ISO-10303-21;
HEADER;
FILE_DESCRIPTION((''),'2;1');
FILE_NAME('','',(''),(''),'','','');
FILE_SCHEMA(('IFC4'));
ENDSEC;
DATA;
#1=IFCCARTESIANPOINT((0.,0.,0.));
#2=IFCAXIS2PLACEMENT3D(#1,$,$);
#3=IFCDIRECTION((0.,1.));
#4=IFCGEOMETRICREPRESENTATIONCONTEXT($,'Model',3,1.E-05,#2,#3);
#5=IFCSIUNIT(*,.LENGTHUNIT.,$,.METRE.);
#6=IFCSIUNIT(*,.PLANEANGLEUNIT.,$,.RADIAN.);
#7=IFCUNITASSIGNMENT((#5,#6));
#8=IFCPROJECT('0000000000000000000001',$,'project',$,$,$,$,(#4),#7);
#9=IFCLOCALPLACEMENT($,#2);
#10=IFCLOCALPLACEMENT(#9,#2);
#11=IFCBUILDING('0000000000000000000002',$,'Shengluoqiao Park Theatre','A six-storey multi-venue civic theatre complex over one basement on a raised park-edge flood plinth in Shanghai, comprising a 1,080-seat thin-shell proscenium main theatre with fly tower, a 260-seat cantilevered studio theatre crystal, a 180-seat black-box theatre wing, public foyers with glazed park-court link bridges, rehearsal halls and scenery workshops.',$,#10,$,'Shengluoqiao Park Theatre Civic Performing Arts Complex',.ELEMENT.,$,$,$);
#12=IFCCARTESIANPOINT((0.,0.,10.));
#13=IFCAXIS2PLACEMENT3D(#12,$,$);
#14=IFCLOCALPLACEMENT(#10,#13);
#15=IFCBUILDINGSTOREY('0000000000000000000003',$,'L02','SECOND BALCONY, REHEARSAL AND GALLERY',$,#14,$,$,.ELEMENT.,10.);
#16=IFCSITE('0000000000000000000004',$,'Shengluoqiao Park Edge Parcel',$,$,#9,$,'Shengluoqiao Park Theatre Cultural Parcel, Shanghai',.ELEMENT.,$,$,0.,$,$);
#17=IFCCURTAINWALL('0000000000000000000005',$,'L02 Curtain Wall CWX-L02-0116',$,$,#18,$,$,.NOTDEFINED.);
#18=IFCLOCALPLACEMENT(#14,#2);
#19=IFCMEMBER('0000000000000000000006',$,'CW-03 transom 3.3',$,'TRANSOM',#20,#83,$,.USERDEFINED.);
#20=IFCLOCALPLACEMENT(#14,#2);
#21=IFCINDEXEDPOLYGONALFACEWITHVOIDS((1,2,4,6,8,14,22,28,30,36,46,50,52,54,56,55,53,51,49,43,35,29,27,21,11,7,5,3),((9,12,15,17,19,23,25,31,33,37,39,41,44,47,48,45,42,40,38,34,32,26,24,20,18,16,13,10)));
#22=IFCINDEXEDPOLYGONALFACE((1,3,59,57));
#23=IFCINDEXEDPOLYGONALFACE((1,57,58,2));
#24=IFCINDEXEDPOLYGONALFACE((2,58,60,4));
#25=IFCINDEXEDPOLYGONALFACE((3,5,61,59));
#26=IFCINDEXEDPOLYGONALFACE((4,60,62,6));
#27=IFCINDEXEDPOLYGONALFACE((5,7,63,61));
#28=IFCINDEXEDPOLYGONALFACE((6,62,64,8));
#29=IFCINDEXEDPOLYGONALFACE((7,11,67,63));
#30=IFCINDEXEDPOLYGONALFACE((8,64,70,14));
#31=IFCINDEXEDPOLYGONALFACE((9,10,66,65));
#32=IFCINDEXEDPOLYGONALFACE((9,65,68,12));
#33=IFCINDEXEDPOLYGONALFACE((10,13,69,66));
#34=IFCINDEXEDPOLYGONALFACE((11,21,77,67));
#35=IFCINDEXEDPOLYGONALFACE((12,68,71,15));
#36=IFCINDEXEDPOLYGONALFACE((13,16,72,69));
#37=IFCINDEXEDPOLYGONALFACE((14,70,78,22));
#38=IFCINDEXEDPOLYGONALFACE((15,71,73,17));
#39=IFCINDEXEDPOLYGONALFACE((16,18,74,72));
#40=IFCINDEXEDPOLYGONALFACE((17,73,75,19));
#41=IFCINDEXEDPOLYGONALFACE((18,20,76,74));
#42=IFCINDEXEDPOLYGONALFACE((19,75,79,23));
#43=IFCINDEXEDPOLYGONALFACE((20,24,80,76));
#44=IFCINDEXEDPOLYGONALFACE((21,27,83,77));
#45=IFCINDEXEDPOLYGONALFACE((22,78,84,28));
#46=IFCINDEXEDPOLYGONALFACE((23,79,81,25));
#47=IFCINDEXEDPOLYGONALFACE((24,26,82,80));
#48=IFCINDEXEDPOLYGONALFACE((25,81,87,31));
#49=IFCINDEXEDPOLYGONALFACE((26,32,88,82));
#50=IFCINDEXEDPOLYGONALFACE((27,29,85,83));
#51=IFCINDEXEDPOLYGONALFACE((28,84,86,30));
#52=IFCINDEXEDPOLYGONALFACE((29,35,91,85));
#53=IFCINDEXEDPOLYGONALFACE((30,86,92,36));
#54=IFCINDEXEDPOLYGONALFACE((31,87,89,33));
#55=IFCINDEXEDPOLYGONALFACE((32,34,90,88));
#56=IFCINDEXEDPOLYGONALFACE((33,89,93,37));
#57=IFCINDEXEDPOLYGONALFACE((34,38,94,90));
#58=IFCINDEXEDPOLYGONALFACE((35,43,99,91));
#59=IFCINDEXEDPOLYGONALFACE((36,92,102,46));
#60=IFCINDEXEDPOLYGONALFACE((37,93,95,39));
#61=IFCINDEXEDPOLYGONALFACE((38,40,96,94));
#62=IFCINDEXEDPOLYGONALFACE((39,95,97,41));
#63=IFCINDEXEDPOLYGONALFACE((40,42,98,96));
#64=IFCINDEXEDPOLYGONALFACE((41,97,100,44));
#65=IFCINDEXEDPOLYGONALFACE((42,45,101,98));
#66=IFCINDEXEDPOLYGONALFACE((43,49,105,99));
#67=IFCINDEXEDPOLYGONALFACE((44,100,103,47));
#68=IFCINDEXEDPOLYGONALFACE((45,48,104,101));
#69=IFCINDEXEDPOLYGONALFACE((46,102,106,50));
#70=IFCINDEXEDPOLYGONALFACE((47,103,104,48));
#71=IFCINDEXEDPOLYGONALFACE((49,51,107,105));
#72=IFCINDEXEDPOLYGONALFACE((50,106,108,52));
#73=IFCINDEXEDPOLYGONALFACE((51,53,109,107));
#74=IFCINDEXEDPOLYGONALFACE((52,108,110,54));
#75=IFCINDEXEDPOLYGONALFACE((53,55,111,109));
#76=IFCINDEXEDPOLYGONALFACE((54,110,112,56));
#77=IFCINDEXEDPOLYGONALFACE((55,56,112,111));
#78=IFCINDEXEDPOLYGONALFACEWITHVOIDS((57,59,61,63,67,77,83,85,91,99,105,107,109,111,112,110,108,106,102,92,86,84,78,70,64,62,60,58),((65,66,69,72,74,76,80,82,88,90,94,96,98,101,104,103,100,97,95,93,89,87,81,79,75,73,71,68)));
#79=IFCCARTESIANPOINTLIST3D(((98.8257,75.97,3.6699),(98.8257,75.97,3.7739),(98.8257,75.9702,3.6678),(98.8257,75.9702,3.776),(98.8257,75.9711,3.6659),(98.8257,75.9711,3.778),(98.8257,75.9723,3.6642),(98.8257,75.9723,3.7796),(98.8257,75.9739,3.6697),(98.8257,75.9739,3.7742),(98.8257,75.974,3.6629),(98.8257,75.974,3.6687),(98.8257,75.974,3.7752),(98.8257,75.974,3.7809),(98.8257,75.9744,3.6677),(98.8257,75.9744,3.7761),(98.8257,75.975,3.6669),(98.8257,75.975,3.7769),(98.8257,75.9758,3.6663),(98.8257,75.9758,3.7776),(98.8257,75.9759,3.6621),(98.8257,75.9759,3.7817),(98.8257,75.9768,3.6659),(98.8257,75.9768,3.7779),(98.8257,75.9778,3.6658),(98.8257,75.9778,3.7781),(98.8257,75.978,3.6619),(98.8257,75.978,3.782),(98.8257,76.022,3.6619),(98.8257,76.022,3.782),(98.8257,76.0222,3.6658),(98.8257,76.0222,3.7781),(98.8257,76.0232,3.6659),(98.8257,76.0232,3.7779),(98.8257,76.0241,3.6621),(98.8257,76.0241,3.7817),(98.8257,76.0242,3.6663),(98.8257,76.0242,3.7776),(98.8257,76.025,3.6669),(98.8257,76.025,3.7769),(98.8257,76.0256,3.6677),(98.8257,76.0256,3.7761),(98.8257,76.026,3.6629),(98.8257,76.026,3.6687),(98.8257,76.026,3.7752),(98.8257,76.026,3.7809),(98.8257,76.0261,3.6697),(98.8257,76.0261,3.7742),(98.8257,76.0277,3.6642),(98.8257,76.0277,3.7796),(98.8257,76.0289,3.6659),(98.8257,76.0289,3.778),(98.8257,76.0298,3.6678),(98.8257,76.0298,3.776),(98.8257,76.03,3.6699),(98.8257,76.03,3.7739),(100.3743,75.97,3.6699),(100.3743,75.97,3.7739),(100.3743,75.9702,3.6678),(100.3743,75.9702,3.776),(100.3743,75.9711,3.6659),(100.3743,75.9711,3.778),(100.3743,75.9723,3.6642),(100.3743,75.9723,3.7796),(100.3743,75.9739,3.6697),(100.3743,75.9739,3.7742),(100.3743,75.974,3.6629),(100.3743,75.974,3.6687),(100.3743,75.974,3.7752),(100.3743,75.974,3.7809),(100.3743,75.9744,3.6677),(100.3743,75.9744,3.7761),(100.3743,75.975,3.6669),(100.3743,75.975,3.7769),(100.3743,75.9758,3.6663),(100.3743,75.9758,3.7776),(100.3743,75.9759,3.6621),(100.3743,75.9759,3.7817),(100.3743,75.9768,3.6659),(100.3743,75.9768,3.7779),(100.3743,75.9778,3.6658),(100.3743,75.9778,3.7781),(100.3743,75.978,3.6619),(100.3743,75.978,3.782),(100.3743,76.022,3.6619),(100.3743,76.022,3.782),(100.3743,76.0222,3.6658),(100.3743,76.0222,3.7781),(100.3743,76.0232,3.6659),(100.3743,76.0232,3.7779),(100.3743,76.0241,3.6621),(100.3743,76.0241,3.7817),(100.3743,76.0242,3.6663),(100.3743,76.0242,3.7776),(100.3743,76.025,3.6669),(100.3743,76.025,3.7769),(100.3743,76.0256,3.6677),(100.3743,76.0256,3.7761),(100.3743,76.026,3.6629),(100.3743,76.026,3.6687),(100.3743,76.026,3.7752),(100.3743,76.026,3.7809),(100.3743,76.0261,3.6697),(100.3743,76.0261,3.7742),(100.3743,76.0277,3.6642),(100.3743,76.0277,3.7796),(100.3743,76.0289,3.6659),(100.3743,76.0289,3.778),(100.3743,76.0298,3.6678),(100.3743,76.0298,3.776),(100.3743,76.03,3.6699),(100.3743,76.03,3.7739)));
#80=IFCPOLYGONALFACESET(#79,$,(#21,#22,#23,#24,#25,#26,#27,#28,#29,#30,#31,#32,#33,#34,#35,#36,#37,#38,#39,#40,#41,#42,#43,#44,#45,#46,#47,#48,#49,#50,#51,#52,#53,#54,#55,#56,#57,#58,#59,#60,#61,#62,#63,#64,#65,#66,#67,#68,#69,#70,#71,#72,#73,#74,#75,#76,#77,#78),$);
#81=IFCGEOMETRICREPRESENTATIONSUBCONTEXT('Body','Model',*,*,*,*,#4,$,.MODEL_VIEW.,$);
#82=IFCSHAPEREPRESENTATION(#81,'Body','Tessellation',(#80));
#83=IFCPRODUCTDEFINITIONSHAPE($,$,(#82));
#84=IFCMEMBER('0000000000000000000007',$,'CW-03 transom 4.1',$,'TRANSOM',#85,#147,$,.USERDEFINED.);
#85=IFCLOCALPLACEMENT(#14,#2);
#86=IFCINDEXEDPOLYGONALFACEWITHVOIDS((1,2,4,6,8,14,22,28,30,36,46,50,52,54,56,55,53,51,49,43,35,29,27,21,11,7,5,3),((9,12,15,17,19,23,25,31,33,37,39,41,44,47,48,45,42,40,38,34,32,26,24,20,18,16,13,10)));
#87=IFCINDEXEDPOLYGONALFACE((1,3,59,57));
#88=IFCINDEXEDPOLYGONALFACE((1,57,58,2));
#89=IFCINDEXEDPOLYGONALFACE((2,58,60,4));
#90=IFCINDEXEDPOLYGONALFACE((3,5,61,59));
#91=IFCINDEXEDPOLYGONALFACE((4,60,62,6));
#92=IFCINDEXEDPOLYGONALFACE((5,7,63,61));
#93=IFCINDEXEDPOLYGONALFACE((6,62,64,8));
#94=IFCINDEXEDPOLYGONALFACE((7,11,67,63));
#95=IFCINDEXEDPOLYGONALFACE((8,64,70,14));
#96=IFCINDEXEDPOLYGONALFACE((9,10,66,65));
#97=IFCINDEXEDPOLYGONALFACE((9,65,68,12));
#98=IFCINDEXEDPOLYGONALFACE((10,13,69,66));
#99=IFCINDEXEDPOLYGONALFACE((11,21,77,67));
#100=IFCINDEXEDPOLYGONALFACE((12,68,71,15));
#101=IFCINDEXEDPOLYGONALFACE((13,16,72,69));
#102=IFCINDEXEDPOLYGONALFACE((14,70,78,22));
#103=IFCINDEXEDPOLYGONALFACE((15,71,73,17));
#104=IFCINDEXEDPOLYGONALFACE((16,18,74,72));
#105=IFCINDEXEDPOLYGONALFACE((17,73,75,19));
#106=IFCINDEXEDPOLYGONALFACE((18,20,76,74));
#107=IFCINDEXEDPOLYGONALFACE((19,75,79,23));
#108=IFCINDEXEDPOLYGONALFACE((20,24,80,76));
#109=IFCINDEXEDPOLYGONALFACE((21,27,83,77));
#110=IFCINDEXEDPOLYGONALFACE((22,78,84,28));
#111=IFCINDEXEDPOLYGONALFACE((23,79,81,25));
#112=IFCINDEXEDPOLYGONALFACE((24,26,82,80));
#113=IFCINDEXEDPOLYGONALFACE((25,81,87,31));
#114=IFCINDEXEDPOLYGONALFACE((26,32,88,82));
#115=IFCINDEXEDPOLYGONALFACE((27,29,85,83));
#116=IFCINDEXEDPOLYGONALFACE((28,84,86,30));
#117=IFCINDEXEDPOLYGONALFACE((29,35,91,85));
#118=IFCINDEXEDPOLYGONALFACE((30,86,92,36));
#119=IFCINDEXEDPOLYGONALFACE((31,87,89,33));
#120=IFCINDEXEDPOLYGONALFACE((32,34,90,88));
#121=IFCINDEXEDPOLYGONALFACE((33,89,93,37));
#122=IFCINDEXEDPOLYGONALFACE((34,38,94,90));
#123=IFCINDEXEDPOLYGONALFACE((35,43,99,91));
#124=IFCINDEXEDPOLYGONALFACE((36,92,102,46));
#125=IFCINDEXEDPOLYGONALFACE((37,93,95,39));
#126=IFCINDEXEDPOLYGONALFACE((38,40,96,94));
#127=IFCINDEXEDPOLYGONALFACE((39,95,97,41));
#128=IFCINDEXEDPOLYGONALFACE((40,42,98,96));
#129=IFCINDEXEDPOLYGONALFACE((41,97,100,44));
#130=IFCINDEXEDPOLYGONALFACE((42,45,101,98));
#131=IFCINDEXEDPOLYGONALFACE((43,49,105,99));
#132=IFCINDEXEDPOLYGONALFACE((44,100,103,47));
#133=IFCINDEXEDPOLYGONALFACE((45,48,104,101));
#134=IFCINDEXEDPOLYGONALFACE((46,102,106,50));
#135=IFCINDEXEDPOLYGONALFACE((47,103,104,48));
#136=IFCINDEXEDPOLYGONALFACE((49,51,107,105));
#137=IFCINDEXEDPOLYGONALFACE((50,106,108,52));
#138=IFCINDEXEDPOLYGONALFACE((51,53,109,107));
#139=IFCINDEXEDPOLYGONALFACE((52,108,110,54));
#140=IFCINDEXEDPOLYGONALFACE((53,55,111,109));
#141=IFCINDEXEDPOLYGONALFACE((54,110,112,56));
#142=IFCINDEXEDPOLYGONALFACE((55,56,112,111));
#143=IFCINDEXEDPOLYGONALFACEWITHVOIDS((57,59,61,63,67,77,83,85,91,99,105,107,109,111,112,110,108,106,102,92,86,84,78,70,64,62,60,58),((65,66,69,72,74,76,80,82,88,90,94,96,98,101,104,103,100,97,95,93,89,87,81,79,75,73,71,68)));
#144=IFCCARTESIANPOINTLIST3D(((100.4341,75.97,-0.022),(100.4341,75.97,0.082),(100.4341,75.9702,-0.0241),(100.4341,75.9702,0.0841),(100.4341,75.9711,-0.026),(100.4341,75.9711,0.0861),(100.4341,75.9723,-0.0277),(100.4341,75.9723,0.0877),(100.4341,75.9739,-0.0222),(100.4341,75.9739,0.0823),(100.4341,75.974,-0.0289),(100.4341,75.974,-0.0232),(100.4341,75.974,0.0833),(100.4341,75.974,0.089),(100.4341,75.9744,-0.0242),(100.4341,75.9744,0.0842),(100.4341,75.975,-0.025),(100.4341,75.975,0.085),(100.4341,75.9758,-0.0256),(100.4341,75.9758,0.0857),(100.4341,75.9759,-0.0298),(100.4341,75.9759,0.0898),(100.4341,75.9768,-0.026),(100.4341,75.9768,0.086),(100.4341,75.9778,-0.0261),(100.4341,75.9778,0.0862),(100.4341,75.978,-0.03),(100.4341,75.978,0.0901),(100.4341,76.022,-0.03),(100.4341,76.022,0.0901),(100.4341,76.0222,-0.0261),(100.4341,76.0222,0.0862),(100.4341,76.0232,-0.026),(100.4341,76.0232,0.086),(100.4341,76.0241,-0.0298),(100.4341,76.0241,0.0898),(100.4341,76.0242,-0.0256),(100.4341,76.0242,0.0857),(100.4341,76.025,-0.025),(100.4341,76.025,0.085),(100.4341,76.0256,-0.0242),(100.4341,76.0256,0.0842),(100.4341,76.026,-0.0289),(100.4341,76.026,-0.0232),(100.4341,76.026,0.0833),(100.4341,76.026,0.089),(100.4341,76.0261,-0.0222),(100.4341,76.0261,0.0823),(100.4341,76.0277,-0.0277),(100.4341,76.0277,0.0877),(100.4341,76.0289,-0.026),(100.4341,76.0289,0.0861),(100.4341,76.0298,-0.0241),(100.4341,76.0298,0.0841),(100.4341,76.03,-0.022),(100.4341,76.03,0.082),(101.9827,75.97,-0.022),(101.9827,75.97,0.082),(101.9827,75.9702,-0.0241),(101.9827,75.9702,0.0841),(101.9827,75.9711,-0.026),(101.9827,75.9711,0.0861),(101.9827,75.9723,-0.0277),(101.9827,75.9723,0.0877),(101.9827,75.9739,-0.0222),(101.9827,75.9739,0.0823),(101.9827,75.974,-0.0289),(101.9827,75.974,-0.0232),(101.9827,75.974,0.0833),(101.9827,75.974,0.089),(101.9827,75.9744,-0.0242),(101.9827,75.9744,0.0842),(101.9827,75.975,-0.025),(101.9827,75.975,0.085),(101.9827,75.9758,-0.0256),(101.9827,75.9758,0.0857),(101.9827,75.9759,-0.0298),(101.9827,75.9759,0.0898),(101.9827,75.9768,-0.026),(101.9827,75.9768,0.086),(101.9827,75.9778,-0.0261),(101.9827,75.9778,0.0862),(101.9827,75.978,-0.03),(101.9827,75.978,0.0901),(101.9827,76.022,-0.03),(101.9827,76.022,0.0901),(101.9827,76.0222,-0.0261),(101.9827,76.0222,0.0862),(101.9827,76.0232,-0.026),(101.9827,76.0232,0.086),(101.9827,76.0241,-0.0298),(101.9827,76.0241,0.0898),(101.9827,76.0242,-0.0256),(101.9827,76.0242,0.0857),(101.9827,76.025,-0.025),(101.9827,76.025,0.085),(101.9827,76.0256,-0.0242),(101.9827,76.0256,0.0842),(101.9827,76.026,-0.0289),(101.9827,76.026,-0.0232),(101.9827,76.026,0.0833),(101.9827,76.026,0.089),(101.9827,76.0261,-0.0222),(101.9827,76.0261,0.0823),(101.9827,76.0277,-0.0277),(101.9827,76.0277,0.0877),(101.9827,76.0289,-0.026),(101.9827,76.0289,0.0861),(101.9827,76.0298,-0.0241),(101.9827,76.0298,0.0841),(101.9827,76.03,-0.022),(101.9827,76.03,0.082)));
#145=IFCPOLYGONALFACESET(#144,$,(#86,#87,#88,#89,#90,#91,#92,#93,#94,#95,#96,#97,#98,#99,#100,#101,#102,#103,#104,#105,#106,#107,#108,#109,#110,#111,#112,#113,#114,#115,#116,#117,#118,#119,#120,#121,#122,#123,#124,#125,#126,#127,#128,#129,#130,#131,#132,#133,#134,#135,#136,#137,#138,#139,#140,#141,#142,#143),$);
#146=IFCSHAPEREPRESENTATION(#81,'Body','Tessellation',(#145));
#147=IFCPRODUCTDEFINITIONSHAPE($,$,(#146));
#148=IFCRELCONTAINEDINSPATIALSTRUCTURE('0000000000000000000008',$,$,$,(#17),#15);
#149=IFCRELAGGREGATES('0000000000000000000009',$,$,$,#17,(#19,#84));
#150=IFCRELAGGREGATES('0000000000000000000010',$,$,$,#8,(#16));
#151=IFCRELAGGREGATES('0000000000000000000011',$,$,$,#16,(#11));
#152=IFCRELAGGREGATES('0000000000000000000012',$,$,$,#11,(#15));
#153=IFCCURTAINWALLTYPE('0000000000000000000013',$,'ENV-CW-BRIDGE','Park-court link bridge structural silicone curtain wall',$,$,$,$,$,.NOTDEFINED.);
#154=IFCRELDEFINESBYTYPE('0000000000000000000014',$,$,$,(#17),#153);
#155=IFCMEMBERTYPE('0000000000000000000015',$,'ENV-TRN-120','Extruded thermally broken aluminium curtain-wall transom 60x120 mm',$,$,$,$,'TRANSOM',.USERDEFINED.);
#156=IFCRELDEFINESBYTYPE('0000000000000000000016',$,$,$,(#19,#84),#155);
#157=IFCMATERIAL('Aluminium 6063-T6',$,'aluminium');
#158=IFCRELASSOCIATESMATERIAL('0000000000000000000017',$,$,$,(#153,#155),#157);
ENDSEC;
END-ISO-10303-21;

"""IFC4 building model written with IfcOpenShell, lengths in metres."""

from ifc_helpers import new_model, si_unit, direction, frame, origin, origin_2d, place, context, subcontext, project, spatial, hollow_rectangle, extrude, material, material_profile, profile_set, type_object, element, aggregate, save


model = new_model("IFC4")

# Units and contexts
model_context = context("Model", 3, precision=1e-05, world=origin(), true_north=direction((0.0, 1.0)))
body_context = subcontext(model_context, "Body", "Model", "MODEL_VIEW")
ifc_project = project(units=[si_unit("LENGTHUNIT", "METRE"), si_unit("PLANEANGLEUNIT", "RADIAN")], contexts=[model_context])

# Site, building, storey
site_placement = place(None, origin())
site = spatial("IfcSite", under=ifc_project, at=site_placement, Name="Shengluoqiao Park Edge Parcel", LongName="Shengluoqiao Park Theatre Cultural Parcel, Shanghai", CompositionType="ELEMENT", RefElevation=0.0)
building_placement = place(site_placement, origin())
building = spatial("IfcBuilding", under=site, at=building_placement, Name="Shengluoqiao Park Theatre", Description="A six-storey multi-venue civic theatre complex over one basement on a raised park-edge flood plinth in Shanghai, comprising a 1,080-seat thin-shell proscenium main theatre with fly tower, a 260-seat cantilevered studio theatre crystal, a 180-seat black-box theatre wing, public foyers with glazed park-court link bridges, rehearsal halls and scenery workshops.", LongName="Shengluoqiao Park Theatre Civic Performing Arts Complex", CompositionType="ELEMENT")
storey_placement = place(building_placement, frame((0.0, 0.0, 10.0)))
storey = spatial("IfcBuildingStorey", under=building, at=storey_placement, Name="L02", Description="SECOND BALCONY, REHEARSAL AND GALLERY", CompositionType="ELEMENT", Elevation=10.0)

# Curtain wall, members
ifc_material_1 = material(Name="Aluminium 6063-T6", Category="aluminium")
curtain_wall_type = type_object("IfcCurtainWallType", Name="ENV-CW-BRIDGE", Description="Park-court link bridge structural silicone curtain wall", PredefinedType="NOTDEFINED", material=ifc_material_1)
curtain_wall_placement = place(storey_placement, origin())
curtain_wall = element("IfcCurtainWall", 1, at=curtain_wall_placement, inside=storey, type_object=curtain_wall_type, Name="L02 Curtain Wall CWX-L02-0116", PredefinedType="NOTDEFINED")
ifc_material_profile_1 = material_profile(ifc_material_1, hollow_rectangle(XDim=0.0601, YDim=0.1201, WallThickness=0.0039, InnerFilletRadius=0.0039, OuterFilletRadius=0.0081, at=origin_2d()), Name="ALU TRANSOM 120x60x4")
ifc_profile_set_1 = profile_set([ifc_material_profile_1], Name="Aluminium 6063-T6")
member_type_1 = type_object("IfcMemberType", Name="ENV-TRN-120", Description="Extruded thermally broken aluminium curtain-wall transom 60x120 mm", ElementType="TRANSOM", PredefinedType="USERDEFINED", material=ifc_profile_set_1)
member_1_placement = place(storey_placement, frame((98.8257, 76.0, 3.7219), z_axis=(1.0, 0.0, 0.0), x_axis=(0.0, 1.0, 0.0)))
member_1 = element("IfcMember", 2, at=member_1_placement, type_object=member_type_1, Name="CW-03 transom 3.3", ObjectType="TRANSOM", PredefinedType="USERDEFINED", context=body_context, shape_type="SweptSolid", body=[
    extrude(hollow_rectangle(XDim=0.0601, YDim=0.1201, WallThickness=0.0039, InnerFilletRadius=0.0039, OuterFilletRadius=0.0081, at=origin_2d()), origin(), (0.0, 0.0, 1.0), 1.5486),
])
member_2_placement = place(storey_placement, frame((100.4341, 76.0, 0.03), z_axis=(1.0, 0.0, 0.0), x_axis=(0.0, 1.0, 0.0)))
member_2 = element("IfcMember", 3, at=member_2_placement, type_object=member_type_1, Name="CW-03 transom 4.1", ObjectType="TRANSOM", PredefinedType="USERDEFINED", context=body_context, shape_type="SweptSolid", body=[
    extrude(hollow_rectangle(XDim=0.0601, YDim=0.1201, WallThickness=0.0039, InnerFilletRadius=0.0039, OuterFilletRadius=0.0081, at=origin_2d()), origin(), (0.0, 0.0, 1.0), 1.5486),
])
aggregate(curtain_wall, [member_1, member_2])

save(model, "model.ifc")
